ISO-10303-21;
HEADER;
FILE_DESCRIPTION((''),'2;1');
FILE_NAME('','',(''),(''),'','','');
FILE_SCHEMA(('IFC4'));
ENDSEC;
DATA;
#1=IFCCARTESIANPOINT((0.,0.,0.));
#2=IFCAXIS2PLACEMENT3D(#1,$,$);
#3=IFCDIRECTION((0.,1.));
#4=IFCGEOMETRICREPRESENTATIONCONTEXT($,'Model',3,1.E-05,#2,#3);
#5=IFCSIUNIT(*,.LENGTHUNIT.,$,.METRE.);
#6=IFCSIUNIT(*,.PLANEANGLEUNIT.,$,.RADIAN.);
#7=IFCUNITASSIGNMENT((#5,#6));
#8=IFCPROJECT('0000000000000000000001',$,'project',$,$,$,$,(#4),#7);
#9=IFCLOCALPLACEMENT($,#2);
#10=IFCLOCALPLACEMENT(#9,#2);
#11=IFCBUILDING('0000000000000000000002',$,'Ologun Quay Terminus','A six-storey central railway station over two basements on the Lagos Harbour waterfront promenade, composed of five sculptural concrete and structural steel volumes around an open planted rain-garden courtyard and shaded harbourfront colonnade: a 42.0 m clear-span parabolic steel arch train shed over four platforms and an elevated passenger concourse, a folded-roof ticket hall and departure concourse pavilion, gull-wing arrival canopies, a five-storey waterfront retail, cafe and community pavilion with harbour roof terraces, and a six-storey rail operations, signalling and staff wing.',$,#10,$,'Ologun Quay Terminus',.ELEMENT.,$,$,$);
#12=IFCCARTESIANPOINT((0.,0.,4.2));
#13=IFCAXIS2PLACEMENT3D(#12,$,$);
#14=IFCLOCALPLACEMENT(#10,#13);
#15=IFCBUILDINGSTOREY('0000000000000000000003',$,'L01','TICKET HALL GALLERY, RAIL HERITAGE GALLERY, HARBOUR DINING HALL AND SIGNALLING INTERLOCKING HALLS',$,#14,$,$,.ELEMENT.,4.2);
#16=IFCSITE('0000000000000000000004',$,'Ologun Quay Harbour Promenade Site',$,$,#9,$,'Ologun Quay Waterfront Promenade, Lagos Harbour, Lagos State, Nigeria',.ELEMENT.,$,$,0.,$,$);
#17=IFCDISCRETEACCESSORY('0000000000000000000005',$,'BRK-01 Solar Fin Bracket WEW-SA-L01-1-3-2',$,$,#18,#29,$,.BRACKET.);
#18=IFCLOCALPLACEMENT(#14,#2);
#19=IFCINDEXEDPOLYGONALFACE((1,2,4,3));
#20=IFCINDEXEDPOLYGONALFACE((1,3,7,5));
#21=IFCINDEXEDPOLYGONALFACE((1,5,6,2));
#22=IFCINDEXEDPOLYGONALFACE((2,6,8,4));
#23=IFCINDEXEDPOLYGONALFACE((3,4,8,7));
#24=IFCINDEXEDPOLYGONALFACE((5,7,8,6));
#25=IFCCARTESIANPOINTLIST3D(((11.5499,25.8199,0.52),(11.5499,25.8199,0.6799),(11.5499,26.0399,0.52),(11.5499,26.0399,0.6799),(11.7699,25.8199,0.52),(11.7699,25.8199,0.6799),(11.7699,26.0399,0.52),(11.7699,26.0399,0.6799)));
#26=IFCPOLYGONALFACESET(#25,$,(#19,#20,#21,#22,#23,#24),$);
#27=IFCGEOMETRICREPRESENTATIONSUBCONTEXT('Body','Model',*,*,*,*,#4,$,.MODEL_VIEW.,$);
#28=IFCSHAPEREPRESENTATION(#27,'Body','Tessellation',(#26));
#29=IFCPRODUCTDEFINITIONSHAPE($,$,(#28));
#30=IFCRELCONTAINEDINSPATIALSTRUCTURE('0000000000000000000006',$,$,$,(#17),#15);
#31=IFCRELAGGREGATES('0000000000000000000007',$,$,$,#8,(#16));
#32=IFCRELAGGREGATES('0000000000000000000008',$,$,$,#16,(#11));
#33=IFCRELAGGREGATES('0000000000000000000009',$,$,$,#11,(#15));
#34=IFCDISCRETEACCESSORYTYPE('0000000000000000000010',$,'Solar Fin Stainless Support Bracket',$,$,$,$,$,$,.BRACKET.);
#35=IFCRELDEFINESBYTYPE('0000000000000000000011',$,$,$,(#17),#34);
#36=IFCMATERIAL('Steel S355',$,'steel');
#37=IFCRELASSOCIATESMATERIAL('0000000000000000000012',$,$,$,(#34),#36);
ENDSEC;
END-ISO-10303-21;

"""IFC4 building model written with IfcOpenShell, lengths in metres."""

from ifc_helpers import new_model, si_unit, direction, frame, origin, origin_2d, place, context, subcontext, project, spatial, rectangle, extrude, material, type_object, element, save


model = new_model("IFC4")

# Units and contexts
model_context = context("Model", 3, precision=1e-05, world=origin(), true_north=direction((0.0, 1.0)))
body_context = subcontext(model_context, "Body", "Model", "MODEL_VIEW")
ifc_project = project(units=[si_unit("LENGTHUNIT", "METRE"), si_unit("PLANEANGLEUNIT", "RADIAN")], contexts=[model_context])

# Site, building, storey
site_placement = place(None, origin())
site = spatial("IfcSite", under=ifc_project, at=site_placement, Name="Ologun Quay Harbour Promenade Site", LongName="Ologun Quay Waterfront Promenade, Lagos Harbour, Lagos State, Nigeria", CompositionType="ELEMENT", RefElevation=0.0)
building_placement = place(site_placement, origin())
building = spatial("IfcBuilding", under=site, at=building_placement, Name="Ologun Quay Terminus", Description="A six-storey central railway station over two basements on the Lagos Harbour waterfront promenade, composed of five sculptural concrete and structural steel volumes around an open planted rain-garden courtyard and shaded harbourfront colonnade: a 42.0 m clear-span parabolic steel arch train shed over four platforms and an elevated passenger concourse, a folded-roof ticket hall and departure concourse pavilion, gull-wing arrival canopies, a five-storey waterfront retail, cafe and community pavilion with harbour roof terraces, and a six-storey rail operations, signalling and staff wing.", LongName="Ologun Quay Terminus", CompositionType="ELEMENT")
storey_placement = place(building_placement, frame((0.0, 0.0, 4.2)))
storey = spatial("IfcBuildingStorey", under=building, at=storey_placement, Name="L01", Description="TICKET HALL GALLERY, RAIL HERITAGE GALLERY, HARBOUR DINING HALL AND SIGNALLING INTERLOCKING HALLS", CompositionType="ELEMENT", Elevation=4.2)

# Discrete accessory
ifc_material_1 = material(Name="Steel S355", Category="steel")
discrete_accessory_type = type_object("IfcDiscreteAccessoryType", Name="Solar Fin Stainless Support Bracket", PredefinedType="BRACKET", material=ifc_material_1)
for number, where, z_axis, x_axis, name in (
    (1, (11.6599, 25.9299, 0.52), (0.0, 0.0, 1.0), (1.0, 0.0, 0.0), "BRK-01 Solar Fin Bracket WEW-SA-L01-1-3-2"),
):
    element("IfcDiscreteAccessory", number, at=place(storey_placement, frame(where, z_axis=z_axis, x_axis=x_axis)), inside=storey, type_object=discrete_accessory_type, Name=name, PredefinedType="BRACKET", context=body_context, shape_type="SweptSolid", body=[
        extrude(rectangle(XDim=0.22, YDim=0.22, at=origin_2d()), origin(), (0.0, 0.0, 1.0), 0.1599),
    ])

save(model, "model.ifc")
